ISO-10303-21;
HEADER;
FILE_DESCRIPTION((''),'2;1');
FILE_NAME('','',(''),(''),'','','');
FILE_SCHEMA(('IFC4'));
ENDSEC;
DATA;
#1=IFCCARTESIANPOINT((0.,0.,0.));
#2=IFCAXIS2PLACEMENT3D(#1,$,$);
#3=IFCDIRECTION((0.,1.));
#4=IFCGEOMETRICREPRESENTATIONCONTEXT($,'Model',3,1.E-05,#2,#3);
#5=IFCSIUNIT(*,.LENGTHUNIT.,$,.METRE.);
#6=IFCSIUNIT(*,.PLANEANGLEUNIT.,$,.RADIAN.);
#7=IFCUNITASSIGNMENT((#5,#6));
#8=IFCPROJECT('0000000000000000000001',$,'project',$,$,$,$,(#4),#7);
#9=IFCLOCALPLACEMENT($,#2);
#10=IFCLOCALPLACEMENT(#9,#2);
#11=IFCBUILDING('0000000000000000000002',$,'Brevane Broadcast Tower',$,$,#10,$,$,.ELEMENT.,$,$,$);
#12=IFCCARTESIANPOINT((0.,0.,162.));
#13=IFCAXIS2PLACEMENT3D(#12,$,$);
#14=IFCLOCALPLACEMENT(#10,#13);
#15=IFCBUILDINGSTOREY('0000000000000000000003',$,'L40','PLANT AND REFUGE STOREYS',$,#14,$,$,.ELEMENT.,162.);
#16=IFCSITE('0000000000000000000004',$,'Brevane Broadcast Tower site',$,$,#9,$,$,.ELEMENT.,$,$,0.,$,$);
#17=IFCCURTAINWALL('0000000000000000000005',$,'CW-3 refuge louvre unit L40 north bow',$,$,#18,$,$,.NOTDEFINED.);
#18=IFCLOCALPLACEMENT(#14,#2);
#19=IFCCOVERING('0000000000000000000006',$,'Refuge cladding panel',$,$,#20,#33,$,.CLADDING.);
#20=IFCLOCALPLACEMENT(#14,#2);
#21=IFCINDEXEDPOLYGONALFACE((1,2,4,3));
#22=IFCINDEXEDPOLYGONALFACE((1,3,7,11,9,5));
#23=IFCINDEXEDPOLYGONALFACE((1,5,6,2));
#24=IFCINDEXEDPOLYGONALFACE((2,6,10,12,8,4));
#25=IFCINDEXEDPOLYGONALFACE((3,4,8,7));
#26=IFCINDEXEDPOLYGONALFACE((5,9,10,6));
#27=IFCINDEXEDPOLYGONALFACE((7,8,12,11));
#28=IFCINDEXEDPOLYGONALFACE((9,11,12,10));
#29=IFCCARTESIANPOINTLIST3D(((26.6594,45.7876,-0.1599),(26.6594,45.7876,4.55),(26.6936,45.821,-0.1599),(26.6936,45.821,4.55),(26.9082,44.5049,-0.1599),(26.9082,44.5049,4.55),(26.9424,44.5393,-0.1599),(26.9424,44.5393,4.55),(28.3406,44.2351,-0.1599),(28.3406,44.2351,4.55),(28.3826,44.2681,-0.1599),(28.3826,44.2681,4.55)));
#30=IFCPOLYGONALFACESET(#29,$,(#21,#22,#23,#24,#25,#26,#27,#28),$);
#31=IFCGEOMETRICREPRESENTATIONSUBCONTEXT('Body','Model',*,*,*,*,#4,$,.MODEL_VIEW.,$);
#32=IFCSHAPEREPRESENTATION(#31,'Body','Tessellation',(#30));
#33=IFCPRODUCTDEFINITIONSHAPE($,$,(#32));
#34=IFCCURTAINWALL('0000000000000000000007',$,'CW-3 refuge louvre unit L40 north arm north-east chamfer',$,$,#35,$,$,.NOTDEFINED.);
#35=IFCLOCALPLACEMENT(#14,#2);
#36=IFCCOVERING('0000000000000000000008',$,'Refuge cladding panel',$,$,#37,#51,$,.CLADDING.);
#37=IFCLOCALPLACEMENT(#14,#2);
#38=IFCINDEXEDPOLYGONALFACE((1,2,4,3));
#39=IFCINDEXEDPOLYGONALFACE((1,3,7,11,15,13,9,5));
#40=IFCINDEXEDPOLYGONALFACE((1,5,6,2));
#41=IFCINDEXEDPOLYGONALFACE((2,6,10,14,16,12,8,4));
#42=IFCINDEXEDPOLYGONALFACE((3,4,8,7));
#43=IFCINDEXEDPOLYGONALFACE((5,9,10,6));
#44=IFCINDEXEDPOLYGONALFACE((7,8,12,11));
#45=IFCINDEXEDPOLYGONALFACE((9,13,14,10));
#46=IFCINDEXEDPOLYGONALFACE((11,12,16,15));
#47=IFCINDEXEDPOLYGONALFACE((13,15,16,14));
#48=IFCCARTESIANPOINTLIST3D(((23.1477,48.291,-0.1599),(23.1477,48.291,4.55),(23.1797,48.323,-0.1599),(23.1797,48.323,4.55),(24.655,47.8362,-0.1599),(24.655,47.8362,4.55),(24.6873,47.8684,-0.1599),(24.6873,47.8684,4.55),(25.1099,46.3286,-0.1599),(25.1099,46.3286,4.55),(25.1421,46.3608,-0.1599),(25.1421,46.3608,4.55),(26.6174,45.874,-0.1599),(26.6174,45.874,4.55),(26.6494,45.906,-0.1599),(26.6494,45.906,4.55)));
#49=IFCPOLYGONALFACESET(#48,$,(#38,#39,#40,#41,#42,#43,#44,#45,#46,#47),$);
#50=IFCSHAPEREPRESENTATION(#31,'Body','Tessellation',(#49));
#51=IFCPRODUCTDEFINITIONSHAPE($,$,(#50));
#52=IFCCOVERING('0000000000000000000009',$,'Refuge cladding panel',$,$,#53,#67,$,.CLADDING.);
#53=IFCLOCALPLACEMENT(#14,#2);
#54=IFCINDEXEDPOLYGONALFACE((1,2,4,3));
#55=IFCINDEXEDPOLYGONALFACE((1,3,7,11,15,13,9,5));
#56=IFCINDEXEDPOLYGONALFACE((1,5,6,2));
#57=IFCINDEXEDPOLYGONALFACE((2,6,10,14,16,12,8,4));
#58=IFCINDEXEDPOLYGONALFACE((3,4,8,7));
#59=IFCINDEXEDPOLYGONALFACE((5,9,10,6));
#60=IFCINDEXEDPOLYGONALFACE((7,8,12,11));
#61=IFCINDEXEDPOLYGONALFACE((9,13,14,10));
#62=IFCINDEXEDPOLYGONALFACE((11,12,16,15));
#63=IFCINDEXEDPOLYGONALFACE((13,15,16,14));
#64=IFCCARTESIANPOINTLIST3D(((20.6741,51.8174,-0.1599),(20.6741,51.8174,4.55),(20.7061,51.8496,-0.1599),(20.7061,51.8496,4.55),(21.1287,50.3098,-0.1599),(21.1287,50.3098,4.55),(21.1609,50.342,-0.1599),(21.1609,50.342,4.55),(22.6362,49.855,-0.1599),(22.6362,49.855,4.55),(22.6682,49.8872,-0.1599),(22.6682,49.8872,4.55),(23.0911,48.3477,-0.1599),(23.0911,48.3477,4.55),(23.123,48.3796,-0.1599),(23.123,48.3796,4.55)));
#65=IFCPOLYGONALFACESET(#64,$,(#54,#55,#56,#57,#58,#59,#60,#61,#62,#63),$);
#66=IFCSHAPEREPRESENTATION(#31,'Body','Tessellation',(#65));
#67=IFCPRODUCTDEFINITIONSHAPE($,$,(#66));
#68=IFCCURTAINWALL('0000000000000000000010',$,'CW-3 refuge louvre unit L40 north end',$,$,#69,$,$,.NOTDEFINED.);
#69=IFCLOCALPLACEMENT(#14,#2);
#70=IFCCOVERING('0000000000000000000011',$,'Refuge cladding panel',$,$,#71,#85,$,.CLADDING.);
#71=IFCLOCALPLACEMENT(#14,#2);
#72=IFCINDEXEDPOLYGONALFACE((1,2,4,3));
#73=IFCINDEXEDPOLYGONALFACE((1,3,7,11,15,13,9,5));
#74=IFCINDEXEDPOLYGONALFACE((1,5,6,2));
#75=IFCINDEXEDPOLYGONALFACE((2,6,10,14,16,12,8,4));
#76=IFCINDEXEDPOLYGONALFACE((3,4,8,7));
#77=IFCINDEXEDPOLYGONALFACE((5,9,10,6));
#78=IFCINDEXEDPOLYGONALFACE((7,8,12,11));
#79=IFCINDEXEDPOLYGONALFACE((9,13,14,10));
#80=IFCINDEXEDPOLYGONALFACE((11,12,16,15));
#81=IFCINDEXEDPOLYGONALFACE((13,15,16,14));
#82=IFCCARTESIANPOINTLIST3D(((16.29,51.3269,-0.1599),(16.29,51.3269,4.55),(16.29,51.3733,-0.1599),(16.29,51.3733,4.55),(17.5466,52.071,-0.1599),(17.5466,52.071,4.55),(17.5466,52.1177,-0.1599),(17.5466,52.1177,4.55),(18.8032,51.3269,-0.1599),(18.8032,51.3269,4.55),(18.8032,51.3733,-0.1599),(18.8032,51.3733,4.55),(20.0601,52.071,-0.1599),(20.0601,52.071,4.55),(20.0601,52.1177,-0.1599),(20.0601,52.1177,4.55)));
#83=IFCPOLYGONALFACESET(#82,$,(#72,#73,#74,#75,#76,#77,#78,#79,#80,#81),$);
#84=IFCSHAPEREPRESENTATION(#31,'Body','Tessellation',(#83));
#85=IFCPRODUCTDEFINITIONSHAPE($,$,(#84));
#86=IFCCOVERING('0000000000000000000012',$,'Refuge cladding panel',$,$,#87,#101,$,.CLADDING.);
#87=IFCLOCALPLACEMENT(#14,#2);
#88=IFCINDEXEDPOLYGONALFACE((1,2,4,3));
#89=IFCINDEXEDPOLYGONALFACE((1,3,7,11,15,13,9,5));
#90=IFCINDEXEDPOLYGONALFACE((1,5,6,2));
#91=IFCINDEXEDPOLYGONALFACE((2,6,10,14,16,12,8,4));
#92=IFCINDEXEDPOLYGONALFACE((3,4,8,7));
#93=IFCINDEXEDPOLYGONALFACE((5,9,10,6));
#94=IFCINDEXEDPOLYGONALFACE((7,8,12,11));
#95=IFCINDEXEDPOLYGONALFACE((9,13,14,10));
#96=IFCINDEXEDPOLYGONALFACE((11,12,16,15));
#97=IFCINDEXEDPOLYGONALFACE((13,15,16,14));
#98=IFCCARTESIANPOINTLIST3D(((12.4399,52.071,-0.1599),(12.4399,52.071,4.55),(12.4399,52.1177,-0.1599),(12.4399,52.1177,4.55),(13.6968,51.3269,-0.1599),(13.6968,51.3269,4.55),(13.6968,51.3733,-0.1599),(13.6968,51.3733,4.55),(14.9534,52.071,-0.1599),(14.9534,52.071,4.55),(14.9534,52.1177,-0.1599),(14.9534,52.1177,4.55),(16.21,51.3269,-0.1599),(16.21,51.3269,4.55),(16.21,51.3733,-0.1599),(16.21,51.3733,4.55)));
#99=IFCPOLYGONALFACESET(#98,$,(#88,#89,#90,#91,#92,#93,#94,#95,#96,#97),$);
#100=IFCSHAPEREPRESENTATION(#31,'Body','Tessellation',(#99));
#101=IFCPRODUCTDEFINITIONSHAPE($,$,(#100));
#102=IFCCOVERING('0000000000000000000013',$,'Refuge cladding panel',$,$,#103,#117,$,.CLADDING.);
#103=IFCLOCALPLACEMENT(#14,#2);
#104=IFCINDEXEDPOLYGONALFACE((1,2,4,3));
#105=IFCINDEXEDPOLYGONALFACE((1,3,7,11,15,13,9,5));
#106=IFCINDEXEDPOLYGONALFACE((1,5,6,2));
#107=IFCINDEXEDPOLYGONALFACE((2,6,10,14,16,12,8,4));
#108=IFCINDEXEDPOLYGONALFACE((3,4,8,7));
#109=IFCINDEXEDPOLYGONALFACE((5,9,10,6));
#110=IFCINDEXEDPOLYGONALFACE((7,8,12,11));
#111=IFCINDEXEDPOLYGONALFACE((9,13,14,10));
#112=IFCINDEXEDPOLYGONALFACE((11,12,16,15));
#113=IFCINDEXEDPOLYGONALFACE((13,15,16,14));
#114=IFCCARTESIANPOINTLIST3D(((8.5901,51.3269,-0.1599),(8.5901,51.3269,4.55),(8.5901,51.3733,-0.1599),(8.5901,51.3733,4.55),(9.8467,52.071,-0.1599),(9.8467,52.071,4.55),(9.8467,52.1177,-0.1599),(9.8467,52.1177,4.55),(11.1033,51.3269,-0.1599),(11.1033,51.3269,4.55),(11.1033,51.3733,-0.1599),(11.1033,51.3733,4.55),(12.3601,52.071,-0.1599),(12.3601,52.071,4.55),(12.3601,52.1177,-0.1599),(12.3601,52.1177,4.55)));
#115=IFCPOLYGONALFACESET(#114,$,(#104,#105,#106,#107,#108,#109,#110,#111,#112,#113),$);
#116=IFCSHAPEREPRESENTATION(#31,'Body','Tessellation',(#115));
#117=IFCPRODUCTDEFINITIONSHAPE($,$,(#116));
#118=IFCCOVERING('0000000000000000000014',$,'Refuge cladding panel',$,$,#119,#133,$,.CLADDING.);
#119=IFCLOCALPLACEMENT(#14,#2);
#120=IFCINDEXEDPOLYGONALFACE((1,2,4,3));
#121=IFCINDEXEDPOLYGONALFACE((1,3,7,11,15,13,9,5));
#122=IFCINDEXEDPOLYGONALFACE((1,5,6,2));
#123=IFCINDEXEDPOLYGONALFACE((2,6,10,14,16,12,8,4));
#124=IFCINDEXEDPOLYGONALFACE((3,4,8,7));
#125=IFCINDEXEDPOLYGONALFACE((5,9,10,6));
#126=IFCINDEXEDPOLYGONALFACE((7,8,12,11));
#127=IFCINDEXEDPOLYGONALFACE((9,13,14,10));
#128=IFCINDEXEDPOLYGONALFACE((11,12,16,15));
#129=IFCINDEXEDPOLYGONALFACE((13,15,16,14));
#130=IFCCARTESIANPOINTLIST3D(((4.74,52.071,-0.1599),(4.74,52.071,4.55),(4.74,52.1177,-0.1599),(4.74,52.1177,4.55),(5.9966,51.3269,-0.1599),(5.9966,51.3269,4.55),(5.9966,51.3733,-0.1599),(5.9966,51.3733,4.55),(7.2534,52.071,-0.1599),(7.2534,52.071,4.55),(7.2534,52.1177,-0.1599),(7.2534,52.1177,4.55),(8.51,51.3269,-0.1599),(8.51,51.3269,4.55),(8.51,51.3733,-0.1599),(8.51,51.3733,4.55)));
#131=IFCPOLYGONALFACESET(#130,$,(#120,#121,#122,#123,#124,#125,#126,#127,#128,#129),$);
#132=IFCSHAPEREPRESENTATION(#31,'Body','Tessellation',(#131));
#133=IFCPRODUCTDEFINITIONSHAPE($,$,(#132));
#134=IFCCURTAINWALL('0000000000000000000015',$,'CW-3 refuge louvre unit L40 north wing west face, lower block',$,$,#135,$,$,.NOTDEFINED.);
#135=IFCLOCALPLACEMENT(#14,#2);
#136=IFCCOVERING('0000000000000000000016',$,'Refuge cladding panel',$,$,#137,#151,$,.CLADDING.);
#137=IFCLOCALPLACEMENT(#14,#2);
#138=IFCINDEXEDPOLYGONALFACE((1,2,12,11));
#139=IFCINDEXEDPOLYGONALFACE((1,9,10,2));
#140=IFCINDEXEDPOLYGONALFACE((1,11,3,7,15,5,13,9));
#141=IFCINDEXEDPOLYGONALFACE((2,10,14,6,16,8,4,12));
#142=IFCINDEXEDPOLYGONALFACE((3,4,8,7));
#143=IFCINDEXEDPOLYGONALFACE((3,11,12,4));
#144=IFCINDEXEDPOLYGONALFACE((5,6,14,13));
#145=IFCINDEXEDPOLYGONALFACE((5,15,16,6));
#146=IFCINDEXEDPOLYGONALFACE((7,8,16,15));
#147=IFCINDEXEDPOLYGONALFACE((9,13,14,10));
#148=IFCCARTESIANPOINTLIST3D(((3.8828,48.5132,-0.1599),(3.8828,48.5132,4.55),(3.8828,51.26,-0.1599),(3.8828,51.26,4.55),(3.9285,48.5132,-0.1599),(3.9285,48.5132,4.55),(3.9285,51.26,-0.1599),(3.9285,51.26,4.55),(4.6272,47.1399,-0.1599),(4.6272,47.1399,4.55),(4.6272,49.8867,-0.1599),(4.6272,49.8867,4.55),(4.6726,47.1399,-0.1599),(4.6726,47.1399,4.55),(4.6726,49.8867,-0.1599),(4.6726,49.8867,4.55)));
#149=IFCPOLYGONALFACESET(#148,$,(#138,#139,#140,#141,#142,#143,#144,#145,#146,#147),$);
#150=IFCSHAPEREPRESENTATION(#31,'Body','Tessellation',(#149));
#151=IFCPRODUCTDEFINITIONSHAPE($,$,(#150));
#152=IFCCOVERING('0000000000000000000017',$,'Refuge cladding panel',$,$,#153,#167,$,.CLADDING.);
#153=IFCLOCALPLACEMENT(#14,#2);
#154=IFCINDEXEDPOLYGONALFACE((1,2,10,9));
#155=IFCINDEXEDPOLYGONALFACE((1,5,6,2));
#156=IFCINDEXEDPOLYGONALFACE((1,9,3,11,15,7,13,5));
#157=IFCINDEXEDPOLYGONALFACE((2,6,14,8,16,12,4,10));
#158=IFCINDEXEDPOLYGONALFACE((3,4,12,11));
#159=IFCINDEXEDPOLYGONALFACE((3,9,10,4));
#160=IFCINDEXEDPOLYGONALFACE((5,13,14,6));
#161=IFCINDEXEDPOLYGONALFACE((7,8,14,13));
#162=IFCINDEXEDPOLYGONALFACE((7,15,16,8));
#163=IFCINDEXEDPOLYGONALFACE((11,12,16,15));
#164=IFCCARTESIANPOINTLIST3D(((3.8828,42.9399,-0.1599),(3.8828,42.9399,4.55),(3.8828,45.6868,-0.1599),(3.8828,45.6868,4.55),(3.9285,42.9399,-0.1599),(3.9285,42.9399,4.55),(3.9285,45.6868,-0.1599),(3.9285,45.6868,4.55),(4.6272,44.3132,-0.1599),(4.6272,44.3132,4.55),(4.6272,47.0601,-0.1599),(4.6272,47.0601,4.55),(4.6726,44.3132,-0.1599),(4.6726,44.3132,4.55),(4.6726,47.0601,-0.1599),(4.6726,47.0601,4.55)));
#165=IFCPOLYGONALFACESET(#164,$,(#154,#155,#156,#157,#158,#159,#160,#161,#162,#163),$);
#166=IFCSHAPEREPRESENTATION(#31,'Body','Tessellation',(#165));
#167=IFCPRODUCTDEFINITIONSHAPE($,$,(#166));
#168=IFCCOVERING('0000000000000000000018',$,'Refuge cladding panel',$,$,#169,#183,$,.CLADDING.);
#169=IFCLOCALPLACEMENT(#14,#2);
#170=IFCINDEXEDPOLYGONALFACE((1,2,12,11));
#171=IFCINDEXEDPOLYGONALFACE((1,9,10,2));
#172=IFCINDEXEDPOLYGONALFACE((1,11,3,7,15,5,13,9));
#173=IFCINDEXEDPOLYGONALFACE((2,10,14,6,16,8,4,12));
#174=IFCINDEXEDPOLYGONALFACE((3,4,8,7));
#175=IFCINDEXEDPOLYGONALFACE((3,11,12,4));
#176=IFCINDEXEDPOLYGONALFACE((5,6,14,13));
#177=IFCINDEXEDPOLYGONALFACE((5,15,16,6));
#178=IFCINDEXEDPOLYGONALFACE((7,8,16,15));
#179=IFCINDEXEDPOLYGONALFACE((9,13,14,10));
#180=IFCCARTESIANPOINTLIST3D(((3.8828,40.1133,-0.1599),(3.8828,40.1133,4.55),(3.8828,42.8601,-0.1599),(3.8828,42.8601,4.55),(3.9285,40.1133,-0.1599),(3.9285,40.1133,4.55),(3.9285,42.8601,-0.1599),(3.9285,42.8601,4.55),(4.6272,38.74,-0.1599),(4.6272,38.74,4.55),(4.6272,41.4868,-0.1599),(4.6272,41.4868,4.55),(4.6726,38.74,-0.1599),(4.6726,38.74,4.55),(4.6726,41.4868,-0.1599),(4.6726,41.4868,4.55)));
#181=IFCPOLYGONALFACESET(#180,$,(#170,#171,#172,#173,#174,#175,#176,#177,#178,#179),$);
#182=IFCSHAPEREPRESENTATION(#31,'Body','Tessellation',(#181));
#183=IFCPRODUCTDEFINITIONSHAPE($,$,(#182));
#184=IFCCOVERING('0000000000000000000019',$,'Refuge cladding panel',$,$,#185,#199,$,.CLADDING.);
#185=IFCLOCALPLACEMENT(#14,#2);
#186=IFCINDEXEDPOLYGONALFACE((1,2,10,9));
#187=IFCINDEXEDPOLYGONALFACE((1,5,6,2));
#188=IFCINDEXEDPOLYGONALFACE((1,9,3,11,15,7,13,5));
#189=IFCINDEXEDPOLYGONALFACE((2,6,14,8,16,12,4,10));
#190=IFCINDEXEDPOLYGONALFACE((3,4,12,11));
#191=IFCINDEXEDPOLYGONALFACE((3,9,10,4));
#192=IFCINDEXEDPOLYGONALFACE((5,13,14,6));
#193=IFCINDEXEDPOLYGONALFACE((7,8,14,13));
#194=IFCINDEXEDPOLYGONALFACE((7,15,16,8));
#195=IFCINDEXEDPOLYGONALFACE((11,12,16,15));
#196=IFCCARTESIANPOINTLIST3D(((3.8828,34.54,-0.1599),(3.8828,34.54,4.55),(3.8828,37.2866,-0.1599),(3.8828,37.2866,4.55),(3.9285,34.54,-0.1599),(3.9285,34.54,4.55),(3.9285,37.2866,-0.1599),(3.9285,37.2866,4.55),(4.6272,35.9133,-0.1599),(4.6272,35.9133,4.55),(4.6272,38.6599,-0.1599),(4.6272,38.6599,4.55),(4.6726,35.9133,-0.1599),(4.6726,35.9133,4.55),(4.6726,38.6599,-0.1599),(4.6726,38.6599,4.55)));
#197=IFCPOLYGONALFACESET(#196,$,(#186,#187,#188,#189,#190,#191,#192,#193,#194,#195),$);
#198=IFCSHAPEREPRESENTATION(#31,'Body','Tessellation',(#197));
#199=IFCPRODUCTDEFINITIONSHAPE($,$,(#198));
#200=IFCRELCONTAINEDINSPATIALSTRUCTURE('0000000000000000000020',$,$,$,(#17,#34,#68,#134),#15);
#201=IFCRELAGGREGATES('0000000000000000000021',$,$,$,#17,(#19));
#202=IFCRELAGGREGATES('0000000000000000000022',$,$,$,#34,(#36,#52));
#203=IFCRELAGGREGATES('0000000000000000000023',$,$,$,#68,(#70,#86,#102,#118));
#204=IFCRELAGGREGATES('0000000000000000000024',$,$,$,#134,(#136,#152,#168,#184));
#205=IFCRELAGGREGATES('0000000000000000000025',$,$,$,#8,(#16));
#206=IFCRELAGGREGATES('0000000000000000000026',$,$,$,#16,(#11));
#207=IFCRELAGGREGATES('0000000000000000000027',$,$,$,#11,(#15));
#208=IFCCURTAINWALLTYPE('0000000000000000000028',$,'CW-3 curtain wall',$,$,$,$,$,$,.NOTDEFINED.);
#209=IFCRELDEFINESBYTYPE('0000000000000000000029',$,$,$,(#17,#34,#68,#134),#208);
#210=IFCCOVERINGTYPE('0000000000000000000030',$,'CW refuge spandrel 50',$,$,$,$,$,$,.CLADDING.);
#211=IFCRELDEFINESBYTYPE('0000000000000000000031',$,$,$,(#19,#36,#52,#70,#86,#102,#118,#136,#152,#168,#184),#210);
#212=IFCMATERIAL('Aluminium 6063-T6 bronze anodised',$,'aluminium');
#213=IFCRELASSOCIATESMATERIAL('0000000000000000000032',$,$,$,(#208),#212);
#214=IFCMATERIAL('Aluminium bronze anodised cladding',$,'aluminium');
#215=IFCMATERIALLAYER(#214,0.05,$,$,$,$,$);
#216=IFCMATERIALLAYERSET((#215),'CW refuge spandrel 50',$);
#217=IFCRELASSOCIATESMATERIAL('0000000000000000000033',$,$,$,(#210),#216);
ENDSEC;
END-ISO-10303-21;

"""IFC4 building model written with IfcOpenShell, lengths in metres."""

from ifc_helpers import new_model, si_unit, direction, frame, origin, place, context, subcontext, project, spatial, polyline, outline, extrude, material, layer, layer_set, type_object, element, aggregate, save


model = new_model("IFC4")

# Units and contexts
model_context = context("Model", 3, precision=1e-05, world=origin(), true_north=direction((0.0, 1.0)))
body_context = subcontext(model_context, "Body", "Model", "MODEL_VIEW")
ifc_project = project(units=[si_unit("LENGTHUNIT", "METRE"), si_unit("PLANEANGLEUNIT", "RADIAN")], contexts=[model_context])

# Site, building, storey
site_placement = place(None, origin())
site = spatial("IfcSite", under=ifc_project, at=site_placement, Name="Brevane Broadcast Tower site", CompositionType="ELEMENT", RefElevation=0.0)
building_placement = place(site_placement, origin())
building = spatial("IfcBuilding", under=site, at=building_placement, Name="Brevane Broadcast Tower", CompositionType="ELEMENT")
storey_placement = place(building_placement, frame((0.0, 0.0, 162.0)))
storey = spatial("IfcBuildingStorey", under=building, at=storey_placement, Name="L40", Description="PLANT AND REFUGE STOREYS", CompositionType="ELEMENT", Elevation=162.0)

# Shared definitions
ifc_material_1 = material(Name="Aluminium 6063-T6 bronze anodised", Category="aluminium")
curtain_wall_type = type_object("IfcCurtainWallType", Name="CW-3 curtain wall", PredefinedType="NOTDEFINED", material=ifc_material_1)

# Curtain walls, coverings
ifc_material_2 = material(Name="Aluminium bronze anodised cladding", Category="aluminium")
ifc_layer = layer(ifc_material_2, 0.05)
ifc_layer_set = layer_set([ifc_layer], Name="CW refuge spandrel 50")
covering_type = type_object("IfcCoveringType", Name="CW refuge spandrel 50", PredefinedType="CLADDING", material=ifc_layer_set)
curtain_wall_1_placement = place(storey_placement, origin())
curtain_wall_1 = element("IfcCurtainWall", 1, at=curtain_wall_1_placement, inside=storey, type_object=curtain_wall_type, Name="CW-3 refuge louvre unit L40 north bow", PredefinedType="NOTDEFINED")
covering_1_placement = place(storey_placement, frame((0.0, 0.0, -0.1599)))
covering_1 = element("IfcCovering", 2, at=covering_1_placement, type_object=covering_type, Name="Refuge cladding panel", PredefinedType="CLADDING", context=body_context, shape_type="SweptSolid", body=[
    extrude(outline(polyline([(28.3406, 44.2351), (28.3826, 44.2681), (26.9424, 44.5393), (26.6936, 45.821), (26.6594, 45.7876), (26.9082, 44.5049), (28.3406, 44.2351)])), origin(), (0.0, 0.0, 1.0), 4.71),
])
aggregate(curtain_wall_1, [covering_1])
curtain_wall_2_placement = place(storey_placement, origin())
curtain_wall_2 = element("IfcCurtainWall", 3, at=curtain_wall_2_placement, inside=storey, type_object=curtain_wall_type, Name="CW-3 refuge louvre unit L40 north arm north-east chamfer", PredefinedType="NOTDEFINED")
covering_2_placement = place(storey_placement, frame((0.0, 0.0, -0.1599)))
covering_2 = element("IfcCovering", 4, at=covering_2_placement, type_object=covering_type, Name="Refuge cladding panel", PredefinedType="CLADDING", context=body_context, shape_type="SweptSolid", body=[
    extrude(outline(polyline([(26.6174, 45.874), (26.6494, 45.906), (25.1421, 46.3608), (24.6873, 47.8684), (23.1797, 48.323), (23.1477, 48.291), (24.655, 47.8362), (25.1099, 46.3286), (26.6174, 45.874)])), origin(), (0.0, 0.0, 1.0), 4.71),
])
covering_3_placement = place(storey_placement, frame((0.0, 0.0, -0.1599)))
covering_3 = element("IfcCovering", 5, at=covering_3_placement, type_object=covering_type, Name="Refuge cladding panel", PredefinedType="CLADDING", context=body_context, shape_type="SweptSolid", body=[
    extrude(outline(polyline([(23.0911, 48.3477), (23.123, 48.3796), (22.6682, 49.8872), (21.1609, 50.342), (20.7061, 51.8496), (20.6741, 51.8174), (21.1287, 50.3098), (22.6362, 49.855), (23.0911, 48.3477)])), origin(), (0.0, 0.0, 1.0), 4.71),
])
aggregate(curtain_wall_2, [covering_2, covering_3])
curtain_wall_3_placement = place(storey_placement, origin())
curtain_wall_3 = element("IfcCurtainWall", 6, at=curtain_wall_3_placement, inside=storey, type_object=curtain_wall_type, Name="CW-3 refuge louvre unit L40 north end", PredefinedType="NOTDEFINED")
covering_4_placement = place(storey_placement, frame((0.0, 0.0, -0.1599)))
covering_4 = element("IfcCovering", 7, at=covering_4_placement, type_object=covering_type, Name="Refuge cladding panel", PredefinedType="CLADDING", context=body_context, shape_type="SweptSolid", body=[
    extrude(outline(polyline([(20.0601, 52.071), (20.0601, 52.1177), (18.8032, 51.3733), (17.5466, 52.1177), (16.29, 51.3733), (16.29, 51.3269), (17.5466, 52.071), (18.8032, 51.3269), (20.0601, 52.071)])), origin(), (0.0, 0.0, 1.0), 4.71),
])
covering_5_placement = place(storey_placement, frame((0.0, 0.0, -0.1599)))
covering_5 = element("IfcCovering", 8, at=covering_5_placement, type_object=covering_type, Name="Refuge cladding panel", PredefinedType="CLADDING", context=body_context, shape_type="SweptSolid", body=[
    extrude(outline(polyline([(16.21, 51.3269), (16.21, 51.3733), (14.9534, 52.1177), (13.6968, 51.3733), (12.4399, 52.1177), (12.4399, 52.071), (13.6968, 51.3269), (14.9534, 52.071), (16.21, 51.3269)])), origin(), (0.0, 0.0, 1.0), 4.71),
])
covering_6_placement = place(storey_placement, frame((0.0, 0.0, -0.1599)))
covering_6 = element("IfcCovering", 9, at=covering_6_placement, type_object=covering_type, Name="Refuge cladding panel", PredefinedType="CLADDING", context=body_context, shape_type="SweptSolid", body=[
    extrude(outline(polyline([(12.3601, 52.071), (12.3601, 52.1177), (11.1033, 51.3733), (9.8467, 52.1177), (8.5901, 51.3733), (8.5901, 51.3269), (9.8467, 52.071), (11.1033, 51.3269), (12.3601, 52.071)])), origin(), (0.0, 0.0, 1.0), 4.71),
])
covering_7_placement = place(storey_placement, frame((0.0, 0.0, -0.1599)))
covering_7 = element("IfcCovering", 10, at=covering_7_placement, type_object=covering_type, Name="Refuge cladding panel", PredefinedType="CLADDING", context=body_context, shape_type="SweptSolid", body=[
    extrude(outline(polyline([(8.51, 51.3269), (8.51, 51.3733), (7.2534, 52.1177), (5.9966, 51.3733), (4.74, 52.1177), (4.74, 52.071), (5.9966, 51.3269), (7.2534, 52.071), (8.51, 51.3269)])), origin(), (0.0, 0.0, 1.0), 4.71),
])
aggregate(curtain_wall_3, [covering_4, covering_5, covering_6, covering_7])
curtain_wall_4_placement = place(storey_placement, origin())
curtain_wall_4 = element("IfcCurtainWall", 11, at=curtain_wall_4_placement, inside=storey, type_object=curtain_wall_type, Name="CW-3 refuge louvre unit L40 north wing west face, lower block", PredefinedType="NOTDEFINED")
covering_8_placement = place(storey_placement, frame((0.0, 0.0, -0.1599)))
covering_8 = element("IfcCovering", 12, at=covering_8_placement, type_object=covering_type, Name="Refuge cladding panel", PredefinedType="CLADDING", context=body_context, shape_type="SweptSolid", body=[
    extrude(outline(polyline([(3.9285, 51.26), (3.8828, 51.26), (4.6272, 49.8867), (3.8828, 48.5132), (4.6272, 47.1399), (4.6726, 47.1399), (3.9285, 48.5132), (4.6726, 49.8867), (3.9285, 51.26)])), origin(), (0.0, 0.0, 1.0), 4.71),
])
covering_9_placement = place(storey_placement, frame((0.0, 0.0, -0.1599)))
covering_9 = element("IfcCovering", 13, at=covering_9_placement, type_object=covering_type, Name="Refuge cladding panel", PredefinedType="CLADDING", context=body_context, shape_type="SweptSolid", body=[
    extrude(outline(polyline([(4.6726, 47.0601), (4.6272, 47.0601), (3.8828, 45.6868), (4.6272, 44.3132), (3.8828, 42.9399), (3.9285, 42.9399), (4.6726, 44.3132), (3.9285, 45.6868), (4.6726, 47.0601)])), origin(), (0.0, 0.0, 1.0), 4.71),
])
covering_10_placement = place(storey_placement, frame((0.0, 0.0, -0.1599)))
covering_10 = element("IfcCovering", 14, at=covering_10_placement, type_object=covering_type, Name="Refuge cladding panel", PredefinedType="CLADDING", context=body_context, shape_type="SweptSolid", body=[
    extrude(outline(polyline([(3.9285, 42.8601), (3.8828, 42.8601), (4.6272, 41.4868), (3.8828, 40.1133), (4.6272, 38.74), (4.6726, 38.74), (3.9285, 40.1133), (4.6726, 41.4868), (3.9285, 42.8601)])), origin(), (0.0, 0.0, 1.0), 4.71),
])
covering_11_placement = place(storey_placement, frame((0.0, 0.0, -0.1599)))
covering_11 = element("IfcCovering", 15, at=covering_11_placement, type_object=covering_type, Name="Refuge cladding panel", PredefinedType="CLADDING", context=body_context, shape_type="SweptSolid", body=[
    extrude(outline(polyline([(4.6726, 38.6599), (4.6272, 38.6599), (3.8828, 37.2866), (4.6272, 35.9133), (3.8828, 34.54), (3.9285, 34.54), (4.6726, 35.9133), (3.9285, 37.2866), (4.6726, 38.6599)])), origin(), (0.0, 0.0, 1.0), 4.71),
])
aggregate(curtain_wall_4, [covering_8, covering_9, covering_10, covering_11])

save(model, "model.ifc")
